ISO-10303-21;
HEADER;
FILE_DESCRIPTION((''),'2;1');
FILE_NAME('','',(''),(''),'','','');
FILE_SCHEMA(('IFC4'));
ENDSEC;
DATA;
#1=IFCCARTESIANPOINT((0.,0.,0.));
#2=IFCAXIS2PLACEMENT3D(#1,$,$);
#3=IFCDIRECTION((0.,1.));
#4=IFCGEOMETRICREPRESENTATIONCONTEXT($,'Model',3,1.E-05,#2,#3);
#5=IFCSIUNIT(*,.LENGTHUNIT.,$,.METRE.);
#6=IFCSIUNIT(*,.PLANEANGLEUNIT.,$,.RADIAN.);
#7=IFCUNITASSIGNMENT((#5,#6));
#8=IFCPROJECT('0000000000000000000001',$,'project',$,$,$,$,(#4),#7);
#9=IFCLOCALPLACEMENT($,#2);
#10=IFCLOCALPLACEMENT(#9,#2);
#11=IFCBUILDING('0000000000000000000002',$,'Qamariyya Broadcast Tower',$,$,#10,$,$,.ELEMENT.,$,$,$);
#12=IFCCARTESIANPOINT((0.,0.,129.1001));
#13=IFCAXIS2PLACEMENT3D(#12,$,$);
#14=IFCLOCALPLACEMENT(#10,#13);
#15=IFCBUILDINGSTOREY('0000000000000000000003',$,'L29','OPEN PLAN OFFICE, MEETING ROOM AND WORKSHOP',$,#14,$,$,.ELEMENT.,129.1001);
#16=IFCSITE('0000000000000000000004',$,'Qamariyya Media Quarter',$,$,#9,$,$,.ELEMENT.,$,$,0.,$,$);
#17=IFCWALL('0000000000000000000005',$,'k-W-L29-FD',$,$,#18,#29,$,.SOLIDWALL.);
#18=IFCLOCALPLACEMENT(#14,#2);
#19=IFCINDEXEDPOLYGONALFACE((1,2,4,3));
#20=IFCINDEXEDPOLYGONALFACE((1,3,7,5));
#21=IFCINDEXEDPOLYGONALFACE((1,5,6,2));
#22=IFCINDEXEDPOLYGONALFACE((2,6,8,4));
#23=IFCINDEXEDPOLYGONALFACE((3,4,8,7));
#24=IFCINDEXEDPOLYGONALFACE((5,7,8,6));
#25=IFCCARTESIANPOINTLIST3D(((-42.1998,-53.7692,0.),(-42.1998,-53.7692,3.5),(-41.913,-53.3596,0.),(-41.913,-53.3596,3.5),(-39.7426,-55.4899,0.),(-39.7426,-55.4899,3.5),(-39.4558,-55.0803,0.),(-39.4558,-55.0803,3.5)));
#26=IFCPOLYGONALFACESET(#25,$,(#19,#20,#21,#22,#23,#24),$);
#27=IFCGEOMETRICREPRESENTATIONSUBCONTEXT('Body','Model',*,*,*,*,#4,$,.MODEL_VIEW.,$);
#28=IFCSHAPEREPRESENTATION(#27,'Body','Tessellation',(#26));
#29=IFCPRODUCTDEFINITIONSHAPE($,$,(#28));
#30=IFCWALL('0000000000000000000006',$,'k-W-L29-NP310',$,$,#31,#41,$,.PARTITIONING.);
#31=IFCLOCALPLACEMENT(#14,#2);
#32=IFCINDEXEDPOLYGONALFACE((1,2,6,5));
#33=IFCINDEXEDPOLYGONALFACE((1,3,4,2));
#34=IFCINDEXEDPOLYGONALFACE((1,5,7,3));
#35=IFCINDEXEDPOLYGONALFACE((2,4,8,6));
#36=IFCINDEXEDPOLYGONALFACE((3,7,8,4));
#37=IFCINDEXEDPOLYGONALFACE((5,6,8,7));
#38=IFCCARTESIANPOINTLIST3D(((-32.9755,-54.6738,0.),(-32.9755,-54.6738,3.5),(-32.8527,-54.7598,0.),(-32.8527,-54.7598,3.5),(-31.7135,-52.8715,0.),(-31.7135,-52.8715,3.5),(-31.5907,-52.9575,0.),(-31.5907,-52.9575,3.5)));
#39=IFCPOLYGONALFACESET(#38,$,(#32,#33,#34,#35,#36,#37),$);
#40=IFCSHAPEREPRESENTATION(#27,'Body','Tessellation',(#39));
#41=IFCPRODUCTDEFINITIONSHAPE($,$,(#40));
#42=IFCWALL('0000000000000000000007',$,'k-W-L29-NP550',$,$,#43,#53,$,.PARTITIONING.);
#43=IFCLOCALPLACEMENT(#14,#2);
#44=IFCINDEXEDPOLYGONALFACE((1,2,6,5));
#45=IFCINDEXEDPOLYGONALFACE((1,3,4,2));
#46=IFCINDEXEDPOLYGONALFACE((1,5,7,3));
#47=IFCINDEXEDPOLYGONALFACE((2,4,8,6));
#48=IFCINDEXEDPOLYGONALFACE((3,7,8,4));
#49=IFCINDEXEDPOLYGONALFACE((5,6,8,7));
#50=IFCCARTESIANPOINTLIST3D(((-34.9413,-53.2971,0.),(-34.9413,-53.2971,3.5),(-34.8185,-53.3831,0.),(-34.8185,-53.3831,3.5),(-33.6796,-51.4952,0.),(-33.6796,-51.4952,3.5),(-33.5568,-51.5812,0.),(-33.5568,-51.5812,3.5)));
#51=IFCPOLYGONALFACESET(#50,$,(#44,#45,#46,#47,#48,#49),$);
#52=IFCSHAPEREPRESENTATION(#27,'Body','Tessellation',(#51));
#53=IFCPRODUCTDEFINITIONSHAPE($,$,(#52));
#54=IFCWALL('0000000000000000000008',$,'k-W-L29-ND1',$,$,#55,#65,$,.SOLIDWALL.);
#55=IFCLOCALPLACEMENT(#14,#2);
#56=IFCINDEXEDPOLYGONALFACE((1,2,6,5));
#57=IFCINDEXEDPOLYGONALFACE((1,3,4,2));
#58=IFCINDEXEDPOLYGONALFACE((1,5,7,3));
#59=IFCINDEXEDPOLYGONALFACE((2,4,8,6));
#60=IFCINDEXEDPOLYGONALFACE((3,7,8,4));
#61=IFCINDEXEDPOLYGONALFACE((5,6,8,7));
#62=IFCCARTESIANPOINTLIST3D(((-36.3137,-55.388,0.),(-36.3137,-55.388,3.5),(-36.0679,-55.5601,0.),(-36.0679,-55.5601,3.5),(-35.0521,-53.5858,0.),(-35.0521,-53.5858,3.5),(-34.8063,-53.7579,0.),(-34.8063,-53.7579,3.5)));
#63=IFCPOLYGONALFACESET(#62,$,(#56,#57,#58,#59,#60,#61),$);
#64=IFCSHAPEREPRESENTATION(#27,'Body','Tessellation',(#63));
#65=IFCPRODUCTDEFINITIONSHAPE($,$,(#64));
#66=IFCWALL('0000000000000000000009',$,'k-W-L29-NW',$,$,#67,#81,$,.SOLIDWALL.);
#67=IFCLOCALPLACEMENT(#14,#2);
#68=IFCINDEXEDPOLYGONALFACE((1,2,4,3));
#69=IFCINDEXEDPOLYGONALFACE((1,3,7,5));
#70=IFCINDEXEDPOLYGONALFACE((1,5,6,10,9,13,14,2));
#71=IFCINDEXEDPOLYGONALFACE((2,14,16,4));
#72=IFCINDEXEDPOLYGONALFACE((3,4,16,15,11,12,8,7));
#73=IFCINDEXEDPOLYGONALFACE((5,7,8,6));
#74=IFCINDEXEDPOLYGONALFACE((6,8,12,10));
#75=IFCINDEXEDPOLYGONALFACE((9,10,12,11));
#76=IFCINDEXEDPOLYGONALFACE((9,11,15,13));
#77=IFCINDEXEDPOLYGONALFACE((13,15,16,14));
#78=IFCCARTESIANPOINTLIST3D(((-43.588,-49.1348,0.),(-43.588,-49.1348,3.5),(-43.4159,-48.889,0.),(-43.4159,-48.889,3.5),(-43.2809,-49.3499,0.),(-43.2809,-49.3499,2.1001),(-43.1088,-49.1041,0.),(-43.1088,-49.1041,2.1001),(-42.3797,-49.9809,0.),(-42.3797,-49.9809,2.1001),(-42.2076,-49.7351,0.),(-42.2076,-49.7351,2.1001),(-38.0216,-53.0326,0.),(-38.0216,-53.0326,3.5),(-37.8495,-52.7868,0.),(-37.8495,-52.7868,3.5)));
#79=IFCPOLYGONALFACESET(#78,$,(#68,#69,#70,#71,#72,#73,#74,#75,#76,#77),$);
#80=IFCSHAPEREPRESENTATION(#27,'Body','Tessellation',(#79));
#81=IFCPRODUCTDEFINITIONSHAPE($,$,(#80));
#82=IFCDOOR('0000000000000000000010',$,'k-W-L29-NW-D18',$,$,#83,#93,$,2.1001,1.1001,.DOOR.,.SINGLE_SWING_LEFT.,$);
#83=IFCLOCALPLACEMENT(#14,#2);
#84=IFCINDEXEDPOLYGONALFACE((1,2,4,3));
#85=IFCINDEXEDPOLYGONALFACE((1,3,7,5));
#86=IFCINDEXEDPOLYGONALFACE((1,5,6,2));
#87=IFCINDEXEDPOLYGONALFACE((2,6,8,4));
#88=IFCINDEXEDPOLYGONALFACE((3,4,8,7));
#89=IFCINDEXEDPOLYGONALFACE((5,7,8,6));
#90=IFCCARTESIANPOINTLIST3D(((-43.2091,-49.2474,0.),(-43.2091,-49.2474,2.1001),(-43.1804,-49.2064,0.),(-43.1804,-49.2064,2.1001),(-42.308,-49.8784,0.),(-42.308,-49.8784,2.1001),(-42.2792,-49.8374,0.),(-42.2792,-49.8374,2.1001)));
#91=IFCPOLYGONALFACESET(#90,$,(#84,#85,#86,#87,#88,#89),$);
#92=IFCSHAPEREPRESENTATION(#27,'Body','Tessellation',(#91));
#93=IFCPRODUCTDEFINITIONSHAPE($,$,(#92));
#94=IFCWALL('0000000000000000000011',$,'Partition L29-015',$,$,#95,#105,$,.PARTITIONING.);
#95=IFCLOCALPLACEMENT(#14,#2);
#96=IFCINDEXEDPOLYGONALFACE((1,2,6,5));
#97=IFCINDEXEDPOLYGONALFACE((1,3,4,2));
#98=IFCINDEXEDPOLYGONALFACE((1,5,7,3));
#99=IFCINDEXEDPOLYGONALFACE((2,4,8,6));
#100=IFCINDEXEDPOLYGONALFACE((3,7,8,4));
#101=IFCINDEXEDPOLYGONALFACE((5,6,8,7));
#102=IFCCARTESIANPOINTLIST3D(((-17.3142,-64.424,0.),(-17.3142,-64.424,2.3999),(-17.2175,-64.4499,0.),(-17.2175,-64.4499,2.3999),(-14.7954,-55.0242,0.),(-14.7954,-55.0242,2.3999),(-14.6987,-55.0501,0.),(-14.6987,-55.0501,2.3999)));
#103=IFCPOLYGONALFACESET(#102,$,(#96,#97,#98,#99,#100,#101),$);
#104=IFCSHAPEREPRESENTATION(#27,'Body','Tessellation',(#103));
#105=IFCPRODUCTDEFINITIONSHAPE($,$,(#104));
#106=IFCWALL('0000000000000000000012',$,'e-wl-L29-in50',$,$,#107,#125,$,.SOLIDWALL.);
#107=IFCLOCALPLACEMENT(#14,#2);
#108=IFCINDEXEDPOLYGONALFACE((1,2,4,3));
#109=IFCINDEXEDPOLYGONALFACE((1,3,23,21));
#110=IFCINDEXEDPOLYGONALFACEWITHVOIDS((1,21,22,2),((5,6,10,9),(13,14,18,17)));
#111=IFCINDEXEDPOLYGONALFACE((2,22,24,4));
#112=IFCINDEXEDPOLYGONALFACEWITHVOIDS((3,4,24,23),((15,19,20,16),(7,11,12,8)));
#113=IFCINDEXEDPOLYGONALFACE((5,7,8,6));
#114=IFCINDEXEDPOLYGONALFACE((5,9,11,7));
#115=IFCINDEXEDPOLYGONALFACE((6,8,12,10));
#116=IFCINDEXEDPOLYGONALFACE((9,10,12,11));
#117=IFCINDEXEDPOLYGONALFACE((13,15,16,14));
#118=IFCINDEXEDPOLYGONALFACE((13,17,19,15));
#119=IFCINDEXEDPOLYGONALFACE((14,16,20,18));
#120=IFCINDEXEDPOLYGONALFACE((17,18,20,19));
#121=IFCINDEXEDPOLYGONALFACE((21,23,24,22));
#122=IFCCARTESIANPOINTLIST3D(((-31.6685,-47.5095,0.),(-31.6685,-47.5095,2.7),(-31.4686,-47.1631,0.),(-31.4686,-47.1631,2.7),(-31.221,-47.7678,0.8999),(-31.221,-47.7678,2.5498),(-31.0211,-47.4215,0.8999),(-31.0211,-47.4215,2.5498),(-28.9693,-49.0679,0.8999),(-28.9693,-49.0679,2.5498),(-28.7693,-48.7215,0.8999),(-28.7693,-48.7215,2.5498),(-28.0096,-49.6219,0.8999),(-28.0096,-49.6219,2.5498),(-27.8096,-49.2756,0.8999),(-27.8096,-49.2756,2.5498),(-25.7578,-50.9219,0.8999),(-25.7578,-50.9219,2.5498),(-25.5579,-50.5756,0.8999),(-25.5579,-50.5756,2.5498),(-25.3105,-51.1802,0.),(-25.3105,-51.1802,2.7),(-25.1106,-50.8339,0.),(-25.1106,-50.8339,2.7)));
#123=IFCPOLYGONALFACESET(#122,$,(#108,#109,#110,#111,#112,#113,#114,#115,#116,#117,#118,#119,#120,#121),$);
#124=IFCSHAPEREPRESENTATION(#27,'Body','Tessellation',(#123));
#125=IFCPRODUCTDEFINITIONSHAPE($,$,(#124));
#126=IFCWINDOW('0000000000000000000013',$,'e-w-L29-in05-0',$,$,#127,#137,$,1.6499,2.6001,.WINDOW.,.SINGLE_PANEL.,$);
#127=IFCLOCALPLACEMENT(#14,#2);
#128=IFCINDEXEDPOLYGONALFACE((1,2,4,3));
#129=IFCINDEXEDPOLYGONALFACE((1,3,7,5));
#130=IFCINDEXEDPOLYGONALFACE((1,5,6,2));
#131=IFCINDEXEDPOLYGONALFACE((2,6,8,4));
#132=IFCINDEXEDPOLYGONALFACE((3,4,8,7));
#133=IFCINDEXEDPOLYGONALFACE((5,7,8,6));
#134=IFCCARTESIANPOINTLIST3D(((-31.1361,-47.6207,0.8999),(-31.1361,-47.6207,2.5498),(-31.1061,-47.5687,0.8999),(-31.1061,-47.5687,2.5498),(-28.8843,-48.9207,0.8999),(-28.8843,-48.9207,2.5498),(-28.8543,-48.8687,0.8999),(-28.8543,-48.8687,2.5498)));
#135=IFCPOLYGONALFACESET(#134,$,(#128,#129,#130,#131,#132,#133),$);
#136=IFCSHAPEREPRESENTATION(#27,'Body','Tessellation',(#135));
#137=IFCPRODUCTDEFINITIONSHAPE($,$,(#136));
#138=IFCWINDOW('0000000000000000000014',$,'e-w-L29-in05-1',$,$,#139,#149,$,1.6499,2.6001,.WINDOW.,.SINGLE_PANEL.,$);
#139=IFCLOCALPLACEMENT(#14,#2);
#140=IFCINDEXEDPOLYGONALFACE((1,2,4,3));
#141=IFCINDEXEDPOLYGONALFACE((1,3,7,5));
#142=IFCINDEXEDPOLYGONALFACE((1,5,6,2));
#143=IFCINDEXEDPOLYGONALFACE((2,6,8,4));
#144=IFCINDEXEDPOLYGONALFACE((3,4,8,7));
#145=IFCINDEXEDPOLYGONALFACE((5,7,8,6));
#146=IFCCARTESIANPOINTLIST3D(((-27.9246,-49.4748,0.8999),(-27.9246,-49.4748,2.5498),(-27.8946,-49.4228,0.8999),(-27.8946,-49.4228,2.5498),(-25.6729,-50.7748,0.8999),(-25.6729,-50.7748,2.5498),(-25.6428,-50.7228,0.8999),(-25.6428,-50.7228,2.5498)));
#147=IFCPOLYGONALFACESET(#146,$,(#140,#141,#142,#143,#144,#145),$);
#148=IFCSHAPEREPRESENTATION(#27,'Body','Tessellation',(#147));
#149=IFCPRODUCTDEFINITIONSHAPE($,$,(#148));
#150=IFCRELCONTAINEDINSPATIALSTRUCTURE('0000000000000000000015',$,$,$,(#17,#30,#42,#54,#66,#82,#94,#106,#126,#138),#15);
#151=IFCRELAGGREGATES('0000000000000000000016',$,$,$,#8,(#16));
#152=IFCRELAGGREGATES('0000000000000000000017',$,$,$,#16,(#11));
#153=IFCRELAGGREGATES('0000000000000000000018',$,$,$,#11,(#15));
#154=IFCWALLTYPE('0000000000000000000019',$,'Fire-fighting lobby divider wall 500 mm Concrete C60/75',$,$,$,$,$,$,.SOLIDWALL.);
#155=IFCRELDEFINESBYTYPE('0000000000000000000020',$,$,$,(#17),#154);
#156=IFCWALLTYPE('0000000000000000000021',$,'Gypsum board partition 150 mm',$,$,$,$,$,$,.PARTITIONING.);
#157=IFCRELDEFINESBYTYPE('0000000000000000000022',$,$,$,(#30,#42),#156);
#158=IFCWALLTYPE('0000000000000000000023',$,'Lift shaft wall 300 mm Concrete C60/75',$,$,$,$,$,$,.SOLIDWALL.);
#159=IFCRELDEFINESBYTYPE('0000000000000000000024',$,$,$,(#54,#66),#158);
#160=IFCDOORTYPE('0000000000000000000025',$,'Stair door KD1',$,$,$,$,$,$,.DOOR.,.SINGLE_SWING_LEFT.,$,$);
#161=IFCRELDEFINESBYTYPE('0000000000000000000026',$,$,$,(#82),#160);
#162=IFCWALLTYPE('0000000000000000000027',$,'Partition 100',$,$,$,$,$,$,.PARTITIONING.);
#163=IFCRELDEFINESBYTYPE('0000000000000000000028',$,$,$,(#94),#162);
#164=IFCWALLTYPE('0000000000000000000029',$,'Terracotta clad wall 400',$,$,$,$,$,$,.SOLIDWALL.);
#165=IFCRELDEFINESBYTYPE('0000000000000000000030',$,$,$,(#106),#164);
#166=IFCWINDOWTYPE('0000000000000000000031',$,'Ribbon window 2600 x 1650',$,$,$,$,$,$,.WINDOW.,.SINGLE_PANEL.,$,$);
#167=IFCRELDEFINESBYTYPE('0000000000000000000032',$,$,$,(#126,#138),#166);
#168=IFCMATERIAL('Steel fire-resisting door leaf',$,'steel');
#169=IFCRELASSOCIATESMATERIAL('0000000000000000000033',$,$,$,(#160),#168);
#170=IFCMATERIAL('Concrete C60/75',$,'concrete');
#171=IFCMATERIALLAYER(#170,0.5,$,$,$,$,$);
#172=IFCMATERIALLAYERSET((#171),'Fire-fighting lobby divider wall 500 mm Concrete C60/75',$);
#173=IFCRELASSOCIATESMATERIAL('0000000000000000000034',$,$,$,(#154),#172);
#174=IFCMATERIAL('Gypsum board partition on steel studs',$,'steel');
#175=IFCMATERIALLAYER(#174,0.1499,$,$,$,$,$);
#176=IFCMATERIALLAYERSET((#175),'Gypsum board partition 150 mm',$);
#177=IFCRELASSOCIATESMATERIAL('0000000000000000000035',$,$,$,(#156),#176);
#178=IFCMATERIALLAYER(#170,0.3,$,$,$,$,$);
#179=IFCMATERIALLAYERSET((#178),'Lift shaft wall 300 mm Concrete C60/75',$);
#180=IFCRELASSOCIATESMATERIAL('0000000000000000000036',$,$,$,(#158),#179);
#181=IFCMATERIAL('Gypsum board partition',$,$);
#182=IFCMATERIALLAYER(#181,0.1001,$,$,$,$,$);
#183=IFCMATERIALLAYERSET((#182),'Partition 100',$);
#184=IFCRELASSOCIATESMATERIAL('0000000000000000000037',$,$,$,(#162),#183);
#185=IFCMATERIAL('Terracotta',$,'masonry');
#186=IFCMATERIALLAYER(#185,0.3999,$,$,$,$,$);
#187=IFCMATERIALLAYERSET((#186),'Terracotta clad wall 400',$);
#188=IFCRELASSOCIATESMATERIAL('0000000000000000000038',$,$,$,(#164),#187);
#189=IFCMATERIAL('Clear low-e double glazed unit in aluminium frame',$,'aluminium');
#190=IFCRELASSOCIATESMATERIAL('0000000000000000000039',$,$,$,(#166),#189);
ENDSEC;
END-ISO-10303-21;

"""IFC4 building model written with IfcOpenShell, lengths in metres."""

from ifc_helpers import new_model, si_unit, direction, frame, frame_2d, origin, place, context, subcontext, project, spatial, rectangle, extrude, material, layer, layer_set, type_object, element, fill, save


model = new_model("IFC4")

# Units and contexts
model_context = context("Model", 3, precision=1e-05, world=origin(), true_north=direction((0.0, 1.0)))
body_context = subcontext(model_context, "Body", "Model", "MODEL_VIEW")
ifc_project = project(units=[si_unit("LENGTHUNIT", "METRE"), si_unit("PLANEANGLEUNIT", "RADIAN")], contexts=[model_context])

# Site, building, storey
site_placement = place(None, origin())
site = spatial("IfcSite", under=ifc_project, at=site_placement, Name="Qamariyya Media Quarter", CompositionType="ELEMENT", RefElevation=0.0)
building_placement = place(site_placement, origin())
building = spatial("IfcBuilding", under=site, at=building_placement, Name="Qamariyya Broadcast Tower", CompositionType="ELEMENT")
storey_placement = place(building_placement, frame((0.0, 0.0, 129.1001)))
storey = spatial("IfcBuildingStorey", under=building, at=storey_placement, Name="L29", Description="OPEN PLAN OFFICE, MEETING ROOM AND WORKSHOP", CompositionType="ELEMENT", Elevation=129.1001)

# Shared definitions
ifc_material_1 = material(Name="Steel fire-resisting door leaf", Category="steel")
door_type_1 = type_object("IfcDoorType", Name="Stair door KD1", OperationType="SINGLE_SWING_LEFT", PredefinedType="DOOR", material=ifc_material_1)

# Walls
ifc_material_2 = material(Name="Gypsum board partition")
ifc_material_3 = material(Name="Concrete C60/75", Category="concrete")
ifc_layer_1 = layer(ifc_material_3, 0.5)
ifc_layer_set_1 = layer_set([ifc_layer_1], Name="Fire-fighting lobby divider wall 500 mm Concrete C60/75")
wall_type_1 = type_object("IfcWallType", Name="Fire-fighting lobby divider wall 500 mm Concrete C60/75", PredefinedType="SOLIDWALL", material=ifc_layer_set_1)
wall_1_placement = place(storey_placement, frame((-39.5991, -55.2852, 0.0), z_axis=(0.0, 0.0, 1.0), x_axis=(-0.819136, 0.573599, 0.0)))
element("IfcWall", 1, at=wall_1_placement, inside=storey, type_object=wall_type_1, Name="k-W-L29-FD", PredefinedType="SOLIDWALL", context=body_context, shape_type="SweptSolid", body=[
    extrude(rectangle(XDim=2.9998, YDim=0.5, at=frame_2d((1.5, 0.0))), origin(), (0.0, 0.0, 1.0), 3.5),
])
ifc_material_4 = material(Name="Gypsum board partition on steel studs", Category="steel")
ifc_layer_2 = layer(ifc_material_4, 0.1499)
ifc_layer_set_2 = layer_set([ifc_layer_2], Name="Gypsum board partition 150 mm")
wall_type_2 = type_object("IfcWallType", Name="Gypsum board partition 150 mm", PredefinedType="PARTITIONING", material=ifc_layer_set_2)
wall_2_placement = place(storey_placement, frame((-32.9141, -54.7168, 0.0), z_axis=(0.0, 0.0, 1.0), x_axis=(0.573581, 0.819149, 0.0)))
element("IfcWall", 2, at=wall_2_placement, inside=storey, type_object=wall_type_2, Name="k-W-L29-NP310", PredefinedType="PARTITIONING", context=body_context, shape_type="SweptSolid", body=[
    extrude(rectangle(XDim=2.2002, YDim=0.1499, at=frame_2d((1.1001, 0.0))), origin(), (0.0, 0.0, 1.0), 3.5),
])
wall_3_placement = place(storey_placement, frame((-34.8799, -53.3401, 0.0), z_axis=(0.0, 0.0, 1.0), x_axis=(0.573559, 0.819164, 0.0)))
element("IfcWall", 3, at=wall_3_placement, inside=storey, type_object=wall_type_2, Name="k-W-L29-NP550", PredefinedType="PARTITIONING", context=body_context, shape_type="SweptSolid", body=[
    extrude(rectangle(XDim=2.1997, YDim=0.1499, at=frame_2d((1.0999, 0.0))), origin(), (0.0, 0.0, 1.0), 3.5),
])
ifc_layer_3 = layer(ifc_material_3, 0.3)
ifc_layer_set_3 = layer_set([ifc_layer_3], Name="Lift shaft wall 300 mm Concrete C60/75")
wall_type_3 = type_object("IfcWallType", Name="Lift shaft wall 300 mm Concrete C60/75", PredefinedType="SOLIDWALL", material=ifc_layer_set_3)
wall_4_placement = place(storey_placement, frame((-36.1909, -55.4741, 0.0), z_axis=(0.0, 0.0, 1.0), x_axis=(0.573507, 0.819201, 0.0)))
element("IfcWall", 4, at=wall_4_placement, inside=storey, type_object=wall_type_3, Name="k-W-L29-ND1", PredefinedType="SOLIDWALL", context=body_context, shape_type="SweptSolid", body=[
    extrude(rectangle(XDim=2.2, YDim=0.3, at=frame_2d((1.1001, 0.0))), origin(), (0.0, 0.0, 1.0), 3.5),
])

# Wall, opening, door
wall_5_placement = place(storey_placement, frame((-37.9355, -52.9097, 0.0), z_axis=(0.0, 0.0, 1.0), x_axis=(-0.819148, 0.573583, 0.0)))
wall_5 = element("IfcWall", 5, at=wall_5_placement, inside=storey, type_object=wall_type_3, Name="k-W-L29-NW", PredefinedType="SOLIDWALL", context=body_context, shape_type="SweptSolid", body=[
    extrude(rectangle(XDim=6.7954, YDim=0.3, at=frame_2d((3.3977, 0.0))), origin(), (0.0, 0.0, 1.0), 3.5),
])
opening_1_placement = place(wall_5_placement, frame((5.3203, 0.0, 0.0)))
opening_1 = element("IfcOpeningElement", 6, at=opening_1_placement, cuts=wall_5, PredefinedType="OPENING", context=body_context, shape_type="SweptSolid", body=[
    extrude(rectangle(XDim=1.1001, YDim=2.1001, at=frame_2d((0.55, 1.05))), frame((0.0, 0.1599, 0.0), z_axis=(0.0, -1.0, 0.0), x_axis=(1.0, 0.0, 0.0)), (0.0, 0.0, 1.0), 0.3201),
])
door_1_placement = place(opening_1_placement, origin())
door_1 = element("IfcDoor", 7, at=door_1_placement, inside=storey, type_object=door_type_1, Name="k-W-L29-NW-D18", OperationType="SINGLE_SWING_LEFT", OverallHeight=2.1001, OverallWidth=1.1001, PredefinedType="DOOR", context=body_context, shape_type="SweptSolid", body=[
    extrude(rectangle(XDim=1.1001, YDim=2.1001, at=frame_2d((0.55, 1.05))), frame((0.0, 0.0249, 0.0), z_axis=(0.0, -1.0, 0.0), x_axis=(1.0, 0.0, 0.0)), (0.0, 0.0, 1.0), 0.05),
])
fill(opening_1, door_1)

# Wall
ifc_layer_4 = layer(ifc_material_2, 0.1001)
ifc_layer_set_4 = layer_set([ifc_layer_4], Name="Partition 100")
wall_type_4 = type_object("IfcWallType", Name="Partition 100", PredefinedType="PARTITIONING", material=ifc_layer_set_4)
wall_6_placement = place(storey_placement, frame((-14.7471, -55.0371, 0.0), z_axis=(0.0, 0.0, 1.0), x_axis=(-0.258829, -0.965923, 0.0)))
element("IfcWall", 8, at=wall_6_placement, inside=storey, type_object=wall_type_4, Name="Partition L29-015", PredefinedType="PARTITIONING", context=body_context, shape_type="SweptSolid", body=[
    extrude(rectangle(XDim=9.7314, YDim=0.1001, at=frame_2d((4.8657, 0.0))), origin(), (0.0, 0.0, 1.0), 2.3999),
])

# Wall, openings, windows
ifc_material_5 = material(Name="Terracotta", Category="masonry")
ifc_layer_5 = layer(ifc_material_5, 0.3999)
ifc_layer_set_5 = layer_set([ifc_layer_5], Name="Terracotta clad wall 400")
wall_type_5 = type_object("IfcWallType", Name="Terracotta clad wall 400", PredefinedType="SOLIDWALL", material=ifc_layer_set_5)
wall_7_placement = place(storey_placement, frame((-25.2104, -51.0071, 0.0), z_axis=(0.0, 0.0, 1.0), x_axis=(-0.866031, 0.499991, 0.0)))
wall_7 = element("IfcWall", 9, at=wall_7_placement, inside=storey, type_object=wall_type_5, Name="e-wl-L29-in50", PredefinedType="SOLIDWALL", context=body_context, shape_type="SweptSolid", body=[
    extrude(rectangle(XDim=7.3416, YDim=0.3999, at=frame_2d((3.6709, 0.0))), origin(), (0.0, 0.0, 1.0), 2.7),
])
opening_2_placement = place(wall_7_placement, frame((4.2249, 0.0, 0.8999)))
opening_2 = element("IfcOpeningElement", 10, at=opening_2_placement, cuts=wall_7, PredefinedType="OPENING", context=body_context, shape_type="SweptSolid", body=[
    extrude(rectangle(XDim=2.6001, YDim=1.6499, at=frame_2d((1.3, 0.825))), frame((0.0, 0.21, 0.0), z_axis=(0.0, -1.0, 0.0), x_axis=(1.0, 0.0, 0.0)), (0.0, 0.0, 1.0), 0.4199),
])
opening_3_placement = place(wall_7_placement, frame((0.5166, 0.0, 0.8999)))
opening_3 = element("IfcOpeningElement", 11, at=opening_3_placement, cuts=wall_7, PredefinedType="OPENING", context=body_context, shape_type="SweptSolid", body=[
    extrude(rectangle(XDim=2.6001, YDim=1.6499, at=frame_2d((1.3, 0.825))), frame((0.0, 0.21, 0.0), z_axis=(0.0, -1.0, 0.0), x_axis=(1.0, 0.0, 0.0)), (0.0, 0.0, 1.0), 0.4199),
])
ifc_material_6 = material(Name="Clear low-e double glazed unit in aluminium frame", Category="aluminium")
window_type = type_object("IfcWindowType", Name="Ribbon window 2600 x 1650", PartitioningType="SINGLE_PANEL", PredefinedType="WINDOW", material=ifc_material_6)
window_1_placement = place(opening_2_placement, origin())
window_1 = element("IfcWindow", 12, at=window_1_placement, inside=storey, type_object=window_type, Name="e-w-L29-in05-0", OverallHeight=1.6499, OverallWidth=2.6001, PartitioningType="SINGLE_PANEL", PredefinedType="WINDOW", context=body_context, shape_type="SweptSolid", body=[
    extrude(rectangle(XDim=2.6001, YDim=1.6499, at=frame_2d((1.3, 0.825))), frame((0.0, 0.03, 0.0), z_axis=(0.0, -1.0, 0.0), x_axis=(1.0, 0.0, 0.0)), (0.0, 0.0, 1.0), 0.0601),
])
fill(opening_2, window_1)
window_2_placement = place(opening_3_placement, origin())
window_2 = element("IfcWindow", 13, at=window_2_placement, inside=storey, type_object=window_type, Name="e-w-L29-in05-1", OverallHeight=1.6499, OverallWidth=2.6001, PartitioningType="SINGLE_PANEL", PredefinedType="WINDOW", context=body_context, shape_type="SweptSolid", body=[
    extrude(rectangle(XDim=2.6001, YDim=1.6499, at=frame_2d((1.3, 0.825))), frame((0.0, 0.03, 0.0), z_axis=(0.0, -1.0, 0.0), x_axis=(1.0, 0.0, 0.0)), (0.0, 0.0, 1.0), 0.0601),
])
fill(opening_3, window_2)

save(model, "model.ifc")
